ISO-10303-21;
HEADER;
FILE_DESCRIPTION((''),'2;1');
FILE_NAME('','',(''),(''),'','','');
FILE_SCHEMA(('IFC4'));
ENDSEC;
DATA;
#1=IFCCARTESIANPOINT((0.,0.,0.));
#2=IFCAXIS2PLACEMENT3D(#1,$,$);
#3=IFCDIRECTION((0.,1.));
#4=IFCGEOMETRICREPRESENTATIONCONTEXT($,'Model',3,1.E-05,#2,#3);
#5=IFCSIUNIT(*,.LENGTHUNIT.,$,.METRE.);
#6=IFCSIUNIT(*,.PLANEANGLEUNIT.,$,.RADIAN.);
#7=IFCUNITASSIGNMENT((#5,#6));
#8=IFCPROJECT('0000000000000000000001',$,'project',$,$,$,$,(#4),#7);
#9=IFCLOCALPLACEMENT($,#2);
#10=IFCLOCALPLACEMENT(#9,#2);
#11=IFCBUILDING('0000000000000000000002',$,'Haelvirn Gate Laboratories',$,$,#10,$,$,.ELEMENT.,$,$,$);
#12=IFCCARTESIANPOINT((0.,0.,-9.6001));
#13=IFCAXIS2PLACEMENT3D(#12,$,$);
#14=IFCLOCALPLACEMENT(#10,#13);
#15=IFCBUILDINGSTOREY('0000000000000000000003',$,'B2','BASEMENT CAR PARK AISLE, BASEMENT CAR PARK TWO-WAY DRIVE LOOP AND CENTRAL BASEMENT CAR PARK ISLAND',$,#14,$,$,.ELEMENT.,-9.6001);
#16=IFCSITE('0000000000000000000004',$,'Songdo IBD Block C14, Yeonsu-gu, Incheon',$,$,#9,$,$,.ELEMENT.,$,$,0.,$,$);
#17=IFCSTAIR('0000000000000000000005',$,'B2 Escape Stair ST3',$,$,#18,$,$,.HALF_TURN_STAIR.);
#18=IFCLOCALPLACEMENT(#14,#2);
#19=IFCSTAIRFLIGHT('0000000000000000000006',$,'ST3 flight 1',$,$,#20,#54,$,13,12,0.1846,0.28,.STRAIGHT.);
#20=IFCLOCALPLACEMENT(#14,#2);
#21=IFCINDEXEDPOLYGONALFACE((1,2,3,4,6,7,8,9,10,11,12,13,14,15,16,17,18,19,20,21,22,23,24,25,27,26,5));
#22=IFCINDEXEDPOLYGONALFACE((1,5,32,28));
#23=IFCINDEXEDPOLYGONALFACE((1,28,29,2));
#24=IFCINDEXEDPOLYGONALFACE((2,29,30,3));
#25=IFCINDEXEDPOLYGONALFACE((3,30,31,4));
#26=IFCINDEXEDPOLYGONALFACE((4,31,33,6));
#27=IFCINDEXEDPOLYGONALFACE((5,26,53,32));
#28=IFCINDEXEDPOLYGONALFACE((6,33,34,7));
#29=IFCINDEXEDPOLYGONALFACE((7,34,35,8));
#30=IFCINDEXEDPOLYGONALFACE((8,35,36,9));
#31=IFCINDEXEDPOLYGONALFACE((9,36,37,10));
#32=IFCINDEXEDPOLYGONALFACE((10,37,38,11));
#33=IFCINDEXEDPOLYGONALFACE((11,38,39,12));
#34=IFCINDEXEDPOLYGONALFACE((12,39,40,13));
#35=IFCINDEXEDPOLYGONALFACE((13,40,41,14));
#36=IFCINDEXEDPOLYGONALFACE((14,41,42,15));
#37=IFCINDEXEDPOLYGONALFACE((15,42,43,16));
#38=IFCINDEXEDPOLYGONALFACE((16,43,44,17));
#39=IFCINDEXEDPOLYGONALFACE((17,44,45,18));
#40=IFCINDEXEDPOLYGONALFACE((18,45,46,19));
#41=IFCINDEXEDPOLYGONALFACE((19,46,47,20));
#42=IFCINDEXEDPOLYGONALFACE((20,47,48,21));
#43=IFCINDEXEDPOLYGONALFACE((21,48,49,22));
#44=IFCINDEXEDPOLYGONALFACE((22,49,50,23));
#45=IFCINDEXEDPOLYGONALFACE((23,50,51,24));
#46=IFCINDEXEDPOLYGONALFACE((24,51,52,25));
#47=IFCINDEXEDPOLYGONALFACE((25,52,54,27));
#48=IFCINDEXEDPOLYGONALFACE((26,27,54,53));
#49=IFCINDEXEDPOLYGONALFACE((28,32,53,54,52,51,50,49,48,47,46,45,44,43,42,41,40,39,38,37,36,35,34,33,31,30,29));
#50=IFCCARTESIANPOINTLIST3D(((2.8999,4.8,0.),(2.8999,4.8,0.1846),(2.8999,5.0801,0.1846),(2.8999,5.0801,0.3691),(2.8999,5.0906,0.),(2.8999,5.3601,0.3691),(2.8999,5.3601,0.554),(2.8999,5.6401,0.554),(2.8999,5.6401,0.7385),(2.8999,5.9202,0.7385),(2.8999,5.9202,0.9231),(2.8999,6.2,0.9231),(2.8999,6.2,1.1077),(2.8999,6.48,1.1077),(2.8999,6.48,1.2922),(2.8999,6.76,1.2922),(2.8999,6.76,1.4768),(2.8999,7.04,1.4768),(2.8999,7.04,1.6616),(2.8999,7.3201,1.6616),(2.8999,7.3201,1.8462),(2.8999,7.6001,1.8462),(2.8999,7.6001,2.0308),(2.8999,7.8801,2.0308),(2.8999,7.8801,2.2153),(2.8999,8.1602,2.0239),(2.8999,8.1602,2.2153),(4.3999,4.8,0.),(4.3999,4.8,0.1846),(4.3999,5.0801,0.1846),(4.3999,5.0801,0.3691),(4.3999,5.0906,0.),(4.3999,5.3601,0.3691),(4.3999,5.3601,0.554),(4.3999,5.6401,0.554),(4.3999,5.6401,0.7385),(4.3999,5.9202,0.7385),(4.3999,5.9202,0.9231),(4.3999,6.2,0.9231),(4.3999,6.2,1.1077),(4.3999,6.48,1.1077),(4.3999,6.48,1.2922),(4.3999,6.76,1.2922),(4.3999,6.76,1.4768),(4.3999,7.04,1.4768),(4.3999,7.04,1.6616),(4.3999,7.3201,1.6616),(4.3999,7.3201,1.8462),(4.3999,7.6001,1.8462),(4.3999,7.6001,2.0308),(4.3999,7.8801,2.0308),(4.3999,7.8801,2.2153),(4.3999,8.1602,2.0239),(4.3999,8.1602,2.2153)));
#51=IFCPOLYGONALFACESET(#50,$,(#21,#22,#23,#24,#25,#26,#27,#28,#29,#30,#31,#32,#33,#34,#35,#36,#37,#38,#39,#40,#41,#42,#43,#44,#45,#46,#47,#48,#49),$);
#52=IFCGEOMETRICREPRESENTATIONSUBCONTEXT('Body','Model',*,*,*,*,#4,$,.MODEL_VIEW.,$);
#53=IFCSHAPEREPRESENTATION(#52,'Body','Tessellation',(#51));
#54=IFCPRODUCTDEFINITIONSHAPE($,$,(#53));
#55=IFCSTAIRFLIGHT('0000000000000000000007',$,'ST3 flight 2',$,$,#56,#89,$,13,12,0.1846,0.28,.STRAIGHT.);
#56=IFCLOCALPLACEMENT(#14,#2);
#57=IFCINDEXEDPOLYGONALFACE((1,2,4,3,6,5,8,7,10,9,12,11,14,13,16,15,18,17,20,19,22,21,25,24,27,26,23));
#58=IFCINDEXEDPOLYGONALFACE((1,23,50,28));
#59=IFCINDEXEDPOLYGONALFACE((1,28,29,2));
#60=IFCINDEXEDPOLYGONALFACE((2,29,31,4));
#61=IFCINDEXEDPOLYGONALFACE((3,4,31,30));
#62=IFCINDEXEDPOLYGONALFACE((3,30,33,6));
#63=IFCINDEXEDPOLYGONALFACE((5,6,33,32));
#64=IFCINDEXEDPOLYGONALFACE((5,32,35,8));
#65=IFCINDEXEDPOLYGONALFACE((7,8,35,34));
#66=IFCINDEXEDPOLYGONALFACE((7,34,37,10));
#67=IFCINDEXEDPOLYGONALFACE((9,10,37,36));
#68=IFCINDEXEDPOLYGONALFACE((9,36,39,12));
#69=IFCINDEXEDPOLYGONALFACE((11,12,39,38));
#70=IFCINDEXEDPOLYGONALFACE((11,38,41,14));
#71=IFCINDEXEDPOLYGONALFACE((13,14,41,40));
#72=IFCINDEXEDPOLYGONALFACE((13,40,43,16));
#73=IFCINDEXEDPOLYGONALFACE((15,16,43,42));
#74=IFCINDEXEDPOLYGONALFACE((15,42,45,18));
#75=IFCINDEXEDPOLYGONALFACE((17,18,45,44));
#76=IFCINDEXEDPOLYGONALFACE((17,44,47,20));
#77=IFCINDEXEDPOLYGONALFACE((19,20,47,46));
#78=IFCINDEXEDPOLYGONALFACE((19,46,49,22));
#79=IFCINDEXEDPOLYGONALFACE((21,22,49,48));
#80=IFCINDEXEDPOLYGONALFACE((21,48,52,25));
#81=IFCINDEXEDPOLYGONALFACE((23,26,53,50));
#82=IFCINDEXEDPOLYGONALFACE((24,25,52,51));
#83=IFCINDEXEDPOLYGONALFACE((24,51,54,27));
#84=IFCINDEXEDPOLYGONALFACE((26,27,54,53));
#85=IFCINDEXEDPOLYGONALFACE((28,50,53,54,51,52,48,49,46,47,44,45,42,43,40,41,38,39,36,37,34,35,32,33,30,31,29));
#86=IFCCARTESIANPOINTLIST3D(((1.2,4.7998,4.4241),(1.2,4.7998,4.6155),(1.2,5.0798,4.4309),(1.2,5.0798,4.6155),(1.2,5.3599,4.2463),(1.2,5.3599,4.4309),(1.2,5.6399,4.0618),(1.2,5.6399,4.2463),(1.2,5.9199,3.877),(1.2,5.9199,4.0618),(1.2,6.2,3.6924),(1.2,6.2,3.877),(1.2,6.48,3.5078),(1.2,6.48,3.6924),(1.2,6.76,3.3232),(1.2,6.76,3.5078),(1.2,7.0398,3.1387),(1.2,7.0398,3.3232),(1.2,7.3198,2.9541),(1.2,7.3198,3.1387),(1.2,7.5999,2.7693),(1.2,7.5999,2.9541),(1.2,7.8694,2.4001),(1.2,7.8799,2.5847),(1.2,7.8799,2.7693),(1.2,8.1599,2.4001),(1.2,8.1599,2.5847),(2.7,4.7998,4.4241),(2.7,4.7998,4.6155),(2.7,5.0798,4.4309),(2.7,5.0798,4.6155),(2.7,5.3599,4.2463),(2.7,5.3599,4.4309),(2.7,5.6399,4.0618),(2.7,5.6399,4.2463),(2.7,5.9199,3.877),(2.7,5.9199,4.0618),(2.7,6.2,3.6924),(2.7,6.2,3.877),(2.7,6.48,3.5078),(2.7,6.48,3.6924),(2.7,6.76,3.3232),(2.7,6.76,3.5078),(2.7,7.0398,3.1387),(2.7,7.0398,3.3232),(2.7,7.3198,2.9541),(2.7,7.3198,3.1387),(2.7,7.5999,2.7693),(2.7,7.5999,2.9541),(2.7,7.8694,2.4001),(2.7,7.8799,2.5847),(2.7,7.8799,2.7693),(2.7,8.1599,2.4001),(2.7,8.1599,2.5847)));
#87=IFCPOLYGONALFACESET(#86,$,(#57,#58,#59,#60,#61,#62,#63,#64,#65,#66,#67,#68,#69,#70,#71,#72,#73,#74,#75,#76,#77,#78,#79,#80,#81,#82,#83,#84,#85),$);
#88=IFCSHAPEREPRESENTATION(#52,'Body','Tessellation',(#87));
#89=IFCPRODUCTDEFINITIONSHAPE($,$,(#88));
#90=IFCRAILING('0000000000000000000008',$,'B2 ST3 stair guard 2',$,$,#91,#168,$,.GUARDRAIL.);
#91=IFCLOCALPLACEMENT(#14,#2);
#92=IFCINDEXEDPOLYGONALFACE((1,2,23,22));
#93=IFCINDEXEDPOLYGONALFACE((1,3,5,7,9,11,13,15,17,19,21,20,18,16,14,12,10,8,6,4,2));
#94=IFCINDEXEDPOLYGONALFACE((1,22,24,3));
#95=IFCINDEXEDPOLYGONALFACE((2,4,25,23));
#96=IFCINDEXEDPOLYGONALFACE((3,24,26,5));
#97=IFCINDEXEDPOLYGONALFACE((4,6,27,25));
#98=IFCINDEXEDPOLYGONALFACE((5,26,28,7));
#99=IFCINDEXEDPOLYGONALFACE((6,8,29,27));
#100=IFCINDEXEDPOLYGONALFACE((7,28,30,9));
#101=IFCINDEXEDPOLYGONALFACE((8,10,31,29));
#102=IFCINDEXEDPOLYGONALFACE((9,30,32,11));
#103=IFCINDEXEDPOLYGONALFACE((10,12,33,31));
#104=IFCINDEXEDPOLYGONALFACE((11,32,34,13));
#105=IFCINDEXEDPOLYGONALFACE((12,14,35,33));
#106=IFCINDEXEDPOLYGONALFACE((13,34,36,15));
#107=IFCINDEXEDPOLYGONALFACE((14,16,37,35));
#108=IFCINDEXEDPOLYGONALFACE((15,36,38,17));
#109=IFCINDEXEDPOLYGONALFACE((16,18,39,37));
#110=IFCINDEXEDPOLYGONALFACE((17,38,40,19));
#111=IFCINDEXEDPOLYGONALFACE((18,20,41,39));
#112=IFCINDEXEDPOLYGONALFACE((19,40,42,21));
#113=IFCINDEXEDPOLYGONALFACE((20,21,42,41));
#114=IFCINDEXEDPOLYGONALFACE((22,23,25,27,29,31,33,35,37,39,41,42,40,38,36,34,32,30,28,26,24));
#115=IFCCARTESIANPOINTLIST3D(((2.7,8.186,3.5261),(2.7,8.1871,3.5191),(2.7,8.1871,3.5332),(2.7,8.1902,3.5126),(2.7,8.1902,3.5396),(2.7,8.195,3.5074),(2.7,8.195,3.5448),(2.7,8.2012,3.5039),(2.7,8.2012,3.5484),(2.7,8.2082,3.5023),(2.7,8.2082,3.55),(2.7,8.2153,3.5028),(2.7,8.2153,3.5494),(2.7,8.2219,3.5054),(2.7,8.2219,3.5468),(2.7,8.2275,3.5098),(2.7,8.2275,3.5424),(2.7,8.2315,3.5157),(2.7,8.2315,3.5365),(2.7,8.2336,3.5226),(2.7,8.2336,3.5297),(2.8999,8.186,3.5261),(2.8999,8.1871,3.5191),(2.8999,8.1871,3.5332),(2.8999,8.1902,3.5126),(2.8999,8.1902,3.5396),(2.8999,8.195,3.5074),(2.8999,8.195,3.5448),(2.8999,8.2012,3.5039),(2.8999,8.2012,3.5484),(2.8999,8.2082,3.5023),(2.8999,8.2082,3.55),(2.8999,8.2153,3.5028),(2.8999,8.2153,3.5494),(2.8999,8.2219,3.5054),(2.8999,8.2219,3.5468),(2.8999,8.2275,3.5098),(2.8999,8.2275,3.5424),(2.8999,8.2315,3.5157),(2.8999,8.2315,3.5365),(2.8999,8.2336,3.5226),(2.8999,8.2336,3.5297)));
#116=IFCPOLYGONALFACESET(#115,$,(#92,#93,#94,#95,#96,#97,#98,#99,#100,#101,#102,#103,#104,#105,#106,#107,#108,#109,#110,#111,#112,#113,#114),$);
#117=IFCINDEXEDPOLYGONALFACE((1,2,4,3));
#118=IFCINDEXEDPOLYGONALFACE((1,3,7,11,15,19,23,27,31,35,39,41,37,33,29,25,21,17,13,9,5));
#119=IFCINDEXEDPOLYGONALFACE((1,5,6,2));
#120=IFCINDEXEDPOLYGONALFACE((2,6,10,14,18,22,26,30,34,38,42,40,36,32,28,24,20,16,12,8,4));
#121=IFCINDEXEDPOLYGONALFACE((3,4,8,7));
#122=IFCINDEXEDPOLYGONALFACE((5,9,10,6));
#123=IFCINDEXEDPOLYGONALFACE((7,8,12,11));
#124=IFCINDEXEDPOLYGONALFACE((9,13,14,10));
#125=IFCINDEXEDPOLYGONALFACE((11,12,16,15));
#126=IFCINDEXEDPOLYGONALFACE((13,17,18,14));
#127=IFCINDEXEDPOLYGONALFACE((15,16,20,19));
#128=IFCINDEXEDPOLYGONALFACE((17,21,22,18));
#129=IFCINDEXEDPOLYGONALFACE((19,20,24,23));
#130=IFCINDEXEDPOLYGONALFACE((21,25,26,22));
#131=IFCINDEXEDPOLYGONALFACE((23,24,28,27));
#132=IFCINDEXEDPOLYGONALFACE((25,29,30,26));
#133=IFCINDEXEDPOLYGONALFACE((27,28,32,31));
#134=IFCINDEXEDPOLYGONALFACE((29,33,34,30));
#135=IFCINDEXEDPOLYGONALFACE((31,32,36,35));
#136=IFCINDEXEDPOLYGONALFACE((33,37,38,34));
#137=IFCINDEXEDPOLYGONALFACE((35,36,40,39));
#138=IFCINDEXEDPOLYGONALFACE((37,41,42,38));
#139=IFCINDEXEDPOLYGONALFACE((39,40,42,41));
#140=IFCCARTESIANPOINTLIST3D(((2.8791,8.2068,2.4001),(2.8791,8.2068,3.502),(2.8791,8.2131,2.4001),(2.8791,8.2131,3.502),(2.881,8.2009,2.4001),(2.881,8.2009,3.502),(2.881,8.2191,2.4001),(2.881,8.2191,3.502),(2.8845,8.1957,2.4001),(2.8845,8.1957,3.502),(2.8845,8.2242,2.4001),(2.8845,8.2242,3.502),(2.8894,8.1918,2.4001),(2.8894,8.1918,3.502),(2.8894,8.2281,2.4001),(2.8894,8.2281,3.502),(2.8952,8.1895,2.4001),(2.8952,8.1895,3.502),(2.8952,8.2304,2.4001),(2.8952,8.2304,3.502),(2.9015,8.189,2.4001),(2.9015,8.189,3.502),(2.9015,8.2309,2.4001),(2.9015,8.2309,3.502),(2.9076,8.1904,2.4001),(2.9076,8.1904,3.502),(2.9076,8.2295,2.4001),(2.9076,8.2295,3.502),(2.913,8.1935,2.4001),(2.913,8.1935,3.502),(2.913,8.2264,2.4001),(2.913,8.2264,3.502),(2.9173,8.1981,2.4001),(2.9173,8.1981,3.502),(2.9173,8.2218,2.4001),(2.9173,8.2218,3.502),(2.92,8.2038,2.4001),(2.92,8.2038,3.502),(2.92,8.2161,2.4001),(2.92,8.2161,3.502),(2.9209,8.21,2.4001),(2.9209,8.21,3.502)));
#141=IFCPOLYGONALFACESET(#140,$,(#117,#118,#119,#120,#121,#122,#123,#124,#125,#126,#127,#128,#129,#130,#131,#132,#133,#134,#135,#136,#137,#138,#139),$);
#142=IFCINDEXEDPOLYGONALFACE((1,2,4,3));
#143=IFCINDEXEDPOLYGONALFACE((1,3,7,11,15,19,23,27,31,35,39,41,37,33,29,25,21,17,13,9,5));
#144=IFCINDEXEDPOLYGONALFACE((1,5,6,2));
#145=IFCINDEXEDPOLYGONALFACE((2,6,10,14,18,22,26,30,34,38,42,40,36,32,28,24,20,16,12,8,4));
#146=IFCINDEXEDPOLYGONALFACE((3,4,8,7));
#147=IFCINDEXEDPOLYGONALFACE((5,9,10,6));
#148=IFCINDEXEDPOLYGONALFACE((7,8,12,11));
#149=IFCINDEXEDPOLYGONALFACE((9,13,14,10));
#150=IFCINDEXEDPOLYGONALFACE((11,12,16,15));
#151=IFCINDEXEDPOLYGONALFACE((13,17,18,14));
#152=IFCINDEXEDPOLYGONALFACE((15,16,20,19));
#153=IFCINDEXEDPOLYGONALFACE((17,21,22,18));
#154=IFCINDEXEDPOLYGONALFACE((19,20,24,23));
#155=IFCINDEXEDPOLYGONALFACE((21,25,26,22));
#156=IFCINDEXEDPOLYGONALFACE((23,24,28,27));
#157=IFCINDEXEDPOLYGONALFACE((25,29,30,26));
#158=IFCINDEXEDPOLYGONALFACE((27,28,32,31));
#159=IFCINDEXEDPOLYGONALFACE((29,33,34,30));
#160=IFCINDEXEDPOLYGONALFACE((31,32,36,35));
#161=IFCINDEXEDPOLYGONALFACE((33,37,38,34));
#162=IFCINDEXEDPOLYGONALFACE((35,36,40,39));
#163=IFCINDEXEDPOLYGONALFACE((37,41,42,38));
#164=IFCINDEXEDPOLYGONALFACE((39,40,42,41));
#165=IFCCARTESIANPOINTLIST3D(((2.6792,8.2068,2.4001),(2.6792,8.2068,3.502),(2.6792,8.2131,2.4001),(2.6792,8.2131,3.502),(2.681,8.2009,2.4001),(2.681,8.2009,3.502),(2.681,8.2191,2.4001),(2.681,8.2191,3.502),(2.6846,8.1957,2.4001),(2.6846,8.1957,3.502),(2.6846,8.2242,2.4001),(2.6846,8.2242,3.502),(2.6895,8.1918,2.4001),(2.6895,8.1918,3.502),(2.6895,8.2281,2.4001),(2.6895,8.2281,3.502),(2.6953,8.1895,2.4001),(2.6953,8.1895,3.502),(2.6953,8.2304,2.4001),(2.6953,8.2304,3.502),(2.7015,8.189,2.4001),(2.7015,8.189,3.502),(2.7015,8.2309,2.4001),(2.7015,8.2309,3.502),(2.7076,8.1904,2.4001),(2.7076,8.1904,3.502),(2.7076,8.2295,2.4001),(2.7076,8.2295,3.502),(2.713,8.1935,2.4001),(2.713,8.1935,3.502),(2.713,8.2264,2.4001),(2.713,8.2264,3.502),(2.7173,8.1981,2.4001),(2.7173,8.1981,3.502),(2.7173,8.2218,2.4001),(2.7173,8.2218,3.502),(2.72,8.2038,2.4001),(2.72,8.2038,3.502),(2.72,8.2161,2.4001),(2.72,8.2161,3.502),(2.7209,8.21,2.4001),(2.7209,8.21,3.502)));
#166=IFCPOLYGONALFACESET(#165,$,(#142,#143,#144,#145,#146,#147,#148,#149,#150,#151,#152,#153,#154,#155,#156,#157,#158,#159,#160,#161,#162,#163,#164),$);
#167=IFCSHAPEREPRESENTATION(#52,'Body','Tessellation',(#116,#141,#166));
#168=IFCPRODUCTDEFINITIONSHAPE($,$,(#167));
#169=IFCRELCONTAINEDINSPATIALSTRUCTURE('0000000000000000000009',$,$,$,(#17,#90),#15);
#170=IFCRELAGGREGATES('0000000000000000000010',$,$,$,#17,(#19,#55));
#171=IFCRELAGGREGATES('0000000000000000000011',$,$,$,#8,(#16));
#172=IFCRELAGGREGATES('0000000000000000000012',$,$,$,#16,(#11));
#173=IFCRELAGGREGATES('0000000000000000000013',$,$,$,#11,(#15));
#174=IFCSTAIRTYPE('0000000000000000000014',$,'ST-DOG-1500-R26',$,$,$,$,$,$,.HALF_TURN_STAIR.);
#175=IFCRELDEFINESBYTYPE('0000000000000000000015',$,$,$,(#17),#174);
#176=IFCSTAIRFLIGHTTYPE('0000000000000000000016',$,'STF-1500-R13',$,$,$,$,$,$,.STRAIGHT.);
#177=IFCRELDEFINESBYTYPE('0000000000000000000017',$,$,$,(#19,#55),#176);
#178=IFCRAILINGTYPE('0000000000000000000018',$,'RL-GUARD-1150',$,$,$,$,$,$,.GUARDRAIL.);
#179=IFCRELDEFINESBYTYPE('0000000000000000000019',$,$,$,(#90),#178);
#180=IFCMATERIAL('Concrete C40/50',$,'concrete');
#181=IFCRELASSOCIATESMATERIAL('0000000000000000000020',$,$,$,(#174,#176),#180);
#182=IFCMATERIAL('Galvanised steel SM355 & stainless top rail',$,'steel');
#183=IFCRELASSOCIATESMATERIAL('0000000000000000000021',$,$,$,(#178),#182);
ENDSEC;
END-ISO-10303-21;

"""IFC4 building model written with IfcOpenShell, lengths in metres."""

from ifc_helpers import new_model, si_unit, direction, frame, origin, origin_2d, place, context, subcontext, project, spatial, polyline, circle, outline, extrude, source, transform, mapped, material, type_object, type_shapes, element, aggregate, save


model = new_model("IFC4")

# Units and contexts
model_context = context("Model", 3, precision=1e-05, world=origin(), true_north=direction((0.0, 1.0)))
body_context = subcontext(model_context, "Body", "Model", "MODEL_VIEW")
ifc_project = project(units=[si_unit("LENGTHUNIT", "METRE"), si_unit("PLANEANGLEUNIT", "RADIAN")], contexts=[model_context])

# Site, building, storey
site_placement = place(None, origin())
site = spatial("IfcSite", under=ifc_project, at=site_placement, Name="Songdo IBD Block C14, Yeonsu-gu, Incheon", CompositionType="ELEMENT", RefElevation=0.0)
building_placement = place(site_placement, origin())
building = spatial("IfcBuilding", under=site, at=building_placement, Name="Haelvirn Gate Laboratories", CompositionType="ELEMENT")
storey_placement = place(building_placement, frame((0.0, 0.0, -9.6001)))
storey = spatial("IfcBuildingStorey", under=building, at=storey_placement, Name="B2", Description="BASEMENT CAR PARK AISLE, BASEMENT CAR PARK TWO-WAY DRIVE LOOP AND CENTRAL BASEMENT CAR PARK ISLAND", CompositionType="ELEMENT", Elevation=-9.6001)

# Stair
ifc_material_1 = material(Name="Concrete C40/50", Category="concrete")
stair_type_1 = type_object("IfcStairType", Name="ST-DOG-1500-R26", PredefinedType="HALF_TURN_STAIR", material=ifc_material_1)
stair_1_placement = place(storey_placement, origin())
stair_1 = element("IfcStair", 1, at=stair_1_placement, inside=storey, type_object=stair_type_1, Name="B2 Escape Stair ST3", PredefinedType="HALF_TURN_STAIR")

# Stair flights
stair_flight_type = type_object("IfcStairFlightType", Name="STF-1500-R13", PredefinedType="STRAIGHT", material=ifc_material_1)
shared_shape_1 = source(origin(), body_context, "Body", "SweptSolid", [
    extrude(outline(polyline([(0.0, 0.0), (0.0, 0.1846), (0.28, 0.1846), (0.28, 0.3691), (0.5601, 0.3691), (0.5601, 0.554), (0.8401, 0.554), (0.8401, 0.7385), (1.1201, 0.7385), (1.1201, 0.9231), (1.3999, 0.9231), (1.3999, 1.1077), (1.6799, 1.1077), (1.6799, 1.2922), (1.96, 1.2922), (1.96, 1.4768), (2.24, 1.4768), (2.24, 1.6616), (2.52, 1.6616), (2.52, 1.8462), (2.8, 1.8462), (2.8, 2.0308), (3.0801, 2.0308), (3.0801, 2.2153), (3.3601, 2.2153), (3.3601, 2.3999), (3.3601, 2.0239), (0.2905, 0.0), (0.0, 0.0)])), frame((0.0, 0.75, 0.0), z_axis=(0.0, -1.0, 0.0), x_axis=(1.0, 0.0, 0.0)), (0.0, 0.0, 1.0), 1.5),
])
type_shapes(stair_flight_type, [shared_shape_1])
stair_flight_1_placement = place(storey_placement, frame((3.6499, 4.8, 0.0), z_axis=(0.0, 0.0, 1.0), x_axis=(0.0, 1.0, 0.0)))
stair_flight_1 = element("IfcStairFlight", 2, at=stair_flight_1_placement, type_object=stair_flight_type, Name="ST3 flight 1", NumberOfRisers=13, NumberOfTreads=12, PredefinedType="STRAIGHT", RiserHeight=0.1846, TreadLength=0.28, context=body_context, shape_type="MappedRepresentation", body=[
    mapped(shared_shape_1, transform((0.0, 0.0, 0.0), scale=1.0)),
])
stair_flight_2_placement = place(storey_placement, frame((1.95, 8.1599, 2.4001), z_axis=(0.0, 0.0, 1.0), x_axis=(0.0, -1.0, 0.0)))
stair_flight_2 = element("IfcStairFlight", 3, at=stair_flight_2_placement, type_object=stair_flight_type, Name="ST3 flight 2", NumberOfRisers=13, NumberOfTreads=12, PredefinedType="STRAIGHT", RiserHeight=0.1846, TreadLength=0.28, context=body_context, shape_type="MappedRepresentation", body=[
    mapped(shared_shape_1, transform((0.0, 0.0, 0.0), scale=1.0)),
])
aggregate(stair_1, [stair_flight_1, stair_flight_2])

# Railing
ifc_material_2 = material(Name="Galvanised steel SM355 & stainless top rail", Category="steel")
railing_type_1 = type_object("IfcRailingType", Name="RL-GUARD-1150", PredefinedType="GUARDRAIL", material=ifc_material_2)
shared_shape_2 = source(origin(), body_context, "Body", "SweptSolid", [
    extrude(circle(Radius=0.0239, at=origin_2d()), frame((0.0, 0.0, 1.126), z_axis=(-1.0, 0.0, 0.0), x_axis=(0.0, -1.0, 0.0)), (0.0, 0.0, 1.0), 0.2),
    extrude(circle(Radius=0.021, at=origin_2d()), origin(), (0.0, 0.0, 1.0), 1.1018),
    extrude(circle(Radius=0.021, at=origin_2d()), frame((-0.2, 0.0, 0.0)), (0.0, 0.0, 1.0), 1.1018),
])
for number, where, name in (
    (4, (2.8999, 8.21, 2.4001), "B2 ST3 stair guard 2"),
):
    element("IfcRailing", number, at=place(storey_placement, frame(where)), inside=storey, type_object=railing_type_1, Name=name, PredefinedType="GUARDRAIL", context=body_context, shape_type="MappedRepresentation", body=[
        mapped(shared_shape_2, transform((0.0, 0.0, 0.0), scale=1.0)),
    ])

save(model, "model.ifc")
